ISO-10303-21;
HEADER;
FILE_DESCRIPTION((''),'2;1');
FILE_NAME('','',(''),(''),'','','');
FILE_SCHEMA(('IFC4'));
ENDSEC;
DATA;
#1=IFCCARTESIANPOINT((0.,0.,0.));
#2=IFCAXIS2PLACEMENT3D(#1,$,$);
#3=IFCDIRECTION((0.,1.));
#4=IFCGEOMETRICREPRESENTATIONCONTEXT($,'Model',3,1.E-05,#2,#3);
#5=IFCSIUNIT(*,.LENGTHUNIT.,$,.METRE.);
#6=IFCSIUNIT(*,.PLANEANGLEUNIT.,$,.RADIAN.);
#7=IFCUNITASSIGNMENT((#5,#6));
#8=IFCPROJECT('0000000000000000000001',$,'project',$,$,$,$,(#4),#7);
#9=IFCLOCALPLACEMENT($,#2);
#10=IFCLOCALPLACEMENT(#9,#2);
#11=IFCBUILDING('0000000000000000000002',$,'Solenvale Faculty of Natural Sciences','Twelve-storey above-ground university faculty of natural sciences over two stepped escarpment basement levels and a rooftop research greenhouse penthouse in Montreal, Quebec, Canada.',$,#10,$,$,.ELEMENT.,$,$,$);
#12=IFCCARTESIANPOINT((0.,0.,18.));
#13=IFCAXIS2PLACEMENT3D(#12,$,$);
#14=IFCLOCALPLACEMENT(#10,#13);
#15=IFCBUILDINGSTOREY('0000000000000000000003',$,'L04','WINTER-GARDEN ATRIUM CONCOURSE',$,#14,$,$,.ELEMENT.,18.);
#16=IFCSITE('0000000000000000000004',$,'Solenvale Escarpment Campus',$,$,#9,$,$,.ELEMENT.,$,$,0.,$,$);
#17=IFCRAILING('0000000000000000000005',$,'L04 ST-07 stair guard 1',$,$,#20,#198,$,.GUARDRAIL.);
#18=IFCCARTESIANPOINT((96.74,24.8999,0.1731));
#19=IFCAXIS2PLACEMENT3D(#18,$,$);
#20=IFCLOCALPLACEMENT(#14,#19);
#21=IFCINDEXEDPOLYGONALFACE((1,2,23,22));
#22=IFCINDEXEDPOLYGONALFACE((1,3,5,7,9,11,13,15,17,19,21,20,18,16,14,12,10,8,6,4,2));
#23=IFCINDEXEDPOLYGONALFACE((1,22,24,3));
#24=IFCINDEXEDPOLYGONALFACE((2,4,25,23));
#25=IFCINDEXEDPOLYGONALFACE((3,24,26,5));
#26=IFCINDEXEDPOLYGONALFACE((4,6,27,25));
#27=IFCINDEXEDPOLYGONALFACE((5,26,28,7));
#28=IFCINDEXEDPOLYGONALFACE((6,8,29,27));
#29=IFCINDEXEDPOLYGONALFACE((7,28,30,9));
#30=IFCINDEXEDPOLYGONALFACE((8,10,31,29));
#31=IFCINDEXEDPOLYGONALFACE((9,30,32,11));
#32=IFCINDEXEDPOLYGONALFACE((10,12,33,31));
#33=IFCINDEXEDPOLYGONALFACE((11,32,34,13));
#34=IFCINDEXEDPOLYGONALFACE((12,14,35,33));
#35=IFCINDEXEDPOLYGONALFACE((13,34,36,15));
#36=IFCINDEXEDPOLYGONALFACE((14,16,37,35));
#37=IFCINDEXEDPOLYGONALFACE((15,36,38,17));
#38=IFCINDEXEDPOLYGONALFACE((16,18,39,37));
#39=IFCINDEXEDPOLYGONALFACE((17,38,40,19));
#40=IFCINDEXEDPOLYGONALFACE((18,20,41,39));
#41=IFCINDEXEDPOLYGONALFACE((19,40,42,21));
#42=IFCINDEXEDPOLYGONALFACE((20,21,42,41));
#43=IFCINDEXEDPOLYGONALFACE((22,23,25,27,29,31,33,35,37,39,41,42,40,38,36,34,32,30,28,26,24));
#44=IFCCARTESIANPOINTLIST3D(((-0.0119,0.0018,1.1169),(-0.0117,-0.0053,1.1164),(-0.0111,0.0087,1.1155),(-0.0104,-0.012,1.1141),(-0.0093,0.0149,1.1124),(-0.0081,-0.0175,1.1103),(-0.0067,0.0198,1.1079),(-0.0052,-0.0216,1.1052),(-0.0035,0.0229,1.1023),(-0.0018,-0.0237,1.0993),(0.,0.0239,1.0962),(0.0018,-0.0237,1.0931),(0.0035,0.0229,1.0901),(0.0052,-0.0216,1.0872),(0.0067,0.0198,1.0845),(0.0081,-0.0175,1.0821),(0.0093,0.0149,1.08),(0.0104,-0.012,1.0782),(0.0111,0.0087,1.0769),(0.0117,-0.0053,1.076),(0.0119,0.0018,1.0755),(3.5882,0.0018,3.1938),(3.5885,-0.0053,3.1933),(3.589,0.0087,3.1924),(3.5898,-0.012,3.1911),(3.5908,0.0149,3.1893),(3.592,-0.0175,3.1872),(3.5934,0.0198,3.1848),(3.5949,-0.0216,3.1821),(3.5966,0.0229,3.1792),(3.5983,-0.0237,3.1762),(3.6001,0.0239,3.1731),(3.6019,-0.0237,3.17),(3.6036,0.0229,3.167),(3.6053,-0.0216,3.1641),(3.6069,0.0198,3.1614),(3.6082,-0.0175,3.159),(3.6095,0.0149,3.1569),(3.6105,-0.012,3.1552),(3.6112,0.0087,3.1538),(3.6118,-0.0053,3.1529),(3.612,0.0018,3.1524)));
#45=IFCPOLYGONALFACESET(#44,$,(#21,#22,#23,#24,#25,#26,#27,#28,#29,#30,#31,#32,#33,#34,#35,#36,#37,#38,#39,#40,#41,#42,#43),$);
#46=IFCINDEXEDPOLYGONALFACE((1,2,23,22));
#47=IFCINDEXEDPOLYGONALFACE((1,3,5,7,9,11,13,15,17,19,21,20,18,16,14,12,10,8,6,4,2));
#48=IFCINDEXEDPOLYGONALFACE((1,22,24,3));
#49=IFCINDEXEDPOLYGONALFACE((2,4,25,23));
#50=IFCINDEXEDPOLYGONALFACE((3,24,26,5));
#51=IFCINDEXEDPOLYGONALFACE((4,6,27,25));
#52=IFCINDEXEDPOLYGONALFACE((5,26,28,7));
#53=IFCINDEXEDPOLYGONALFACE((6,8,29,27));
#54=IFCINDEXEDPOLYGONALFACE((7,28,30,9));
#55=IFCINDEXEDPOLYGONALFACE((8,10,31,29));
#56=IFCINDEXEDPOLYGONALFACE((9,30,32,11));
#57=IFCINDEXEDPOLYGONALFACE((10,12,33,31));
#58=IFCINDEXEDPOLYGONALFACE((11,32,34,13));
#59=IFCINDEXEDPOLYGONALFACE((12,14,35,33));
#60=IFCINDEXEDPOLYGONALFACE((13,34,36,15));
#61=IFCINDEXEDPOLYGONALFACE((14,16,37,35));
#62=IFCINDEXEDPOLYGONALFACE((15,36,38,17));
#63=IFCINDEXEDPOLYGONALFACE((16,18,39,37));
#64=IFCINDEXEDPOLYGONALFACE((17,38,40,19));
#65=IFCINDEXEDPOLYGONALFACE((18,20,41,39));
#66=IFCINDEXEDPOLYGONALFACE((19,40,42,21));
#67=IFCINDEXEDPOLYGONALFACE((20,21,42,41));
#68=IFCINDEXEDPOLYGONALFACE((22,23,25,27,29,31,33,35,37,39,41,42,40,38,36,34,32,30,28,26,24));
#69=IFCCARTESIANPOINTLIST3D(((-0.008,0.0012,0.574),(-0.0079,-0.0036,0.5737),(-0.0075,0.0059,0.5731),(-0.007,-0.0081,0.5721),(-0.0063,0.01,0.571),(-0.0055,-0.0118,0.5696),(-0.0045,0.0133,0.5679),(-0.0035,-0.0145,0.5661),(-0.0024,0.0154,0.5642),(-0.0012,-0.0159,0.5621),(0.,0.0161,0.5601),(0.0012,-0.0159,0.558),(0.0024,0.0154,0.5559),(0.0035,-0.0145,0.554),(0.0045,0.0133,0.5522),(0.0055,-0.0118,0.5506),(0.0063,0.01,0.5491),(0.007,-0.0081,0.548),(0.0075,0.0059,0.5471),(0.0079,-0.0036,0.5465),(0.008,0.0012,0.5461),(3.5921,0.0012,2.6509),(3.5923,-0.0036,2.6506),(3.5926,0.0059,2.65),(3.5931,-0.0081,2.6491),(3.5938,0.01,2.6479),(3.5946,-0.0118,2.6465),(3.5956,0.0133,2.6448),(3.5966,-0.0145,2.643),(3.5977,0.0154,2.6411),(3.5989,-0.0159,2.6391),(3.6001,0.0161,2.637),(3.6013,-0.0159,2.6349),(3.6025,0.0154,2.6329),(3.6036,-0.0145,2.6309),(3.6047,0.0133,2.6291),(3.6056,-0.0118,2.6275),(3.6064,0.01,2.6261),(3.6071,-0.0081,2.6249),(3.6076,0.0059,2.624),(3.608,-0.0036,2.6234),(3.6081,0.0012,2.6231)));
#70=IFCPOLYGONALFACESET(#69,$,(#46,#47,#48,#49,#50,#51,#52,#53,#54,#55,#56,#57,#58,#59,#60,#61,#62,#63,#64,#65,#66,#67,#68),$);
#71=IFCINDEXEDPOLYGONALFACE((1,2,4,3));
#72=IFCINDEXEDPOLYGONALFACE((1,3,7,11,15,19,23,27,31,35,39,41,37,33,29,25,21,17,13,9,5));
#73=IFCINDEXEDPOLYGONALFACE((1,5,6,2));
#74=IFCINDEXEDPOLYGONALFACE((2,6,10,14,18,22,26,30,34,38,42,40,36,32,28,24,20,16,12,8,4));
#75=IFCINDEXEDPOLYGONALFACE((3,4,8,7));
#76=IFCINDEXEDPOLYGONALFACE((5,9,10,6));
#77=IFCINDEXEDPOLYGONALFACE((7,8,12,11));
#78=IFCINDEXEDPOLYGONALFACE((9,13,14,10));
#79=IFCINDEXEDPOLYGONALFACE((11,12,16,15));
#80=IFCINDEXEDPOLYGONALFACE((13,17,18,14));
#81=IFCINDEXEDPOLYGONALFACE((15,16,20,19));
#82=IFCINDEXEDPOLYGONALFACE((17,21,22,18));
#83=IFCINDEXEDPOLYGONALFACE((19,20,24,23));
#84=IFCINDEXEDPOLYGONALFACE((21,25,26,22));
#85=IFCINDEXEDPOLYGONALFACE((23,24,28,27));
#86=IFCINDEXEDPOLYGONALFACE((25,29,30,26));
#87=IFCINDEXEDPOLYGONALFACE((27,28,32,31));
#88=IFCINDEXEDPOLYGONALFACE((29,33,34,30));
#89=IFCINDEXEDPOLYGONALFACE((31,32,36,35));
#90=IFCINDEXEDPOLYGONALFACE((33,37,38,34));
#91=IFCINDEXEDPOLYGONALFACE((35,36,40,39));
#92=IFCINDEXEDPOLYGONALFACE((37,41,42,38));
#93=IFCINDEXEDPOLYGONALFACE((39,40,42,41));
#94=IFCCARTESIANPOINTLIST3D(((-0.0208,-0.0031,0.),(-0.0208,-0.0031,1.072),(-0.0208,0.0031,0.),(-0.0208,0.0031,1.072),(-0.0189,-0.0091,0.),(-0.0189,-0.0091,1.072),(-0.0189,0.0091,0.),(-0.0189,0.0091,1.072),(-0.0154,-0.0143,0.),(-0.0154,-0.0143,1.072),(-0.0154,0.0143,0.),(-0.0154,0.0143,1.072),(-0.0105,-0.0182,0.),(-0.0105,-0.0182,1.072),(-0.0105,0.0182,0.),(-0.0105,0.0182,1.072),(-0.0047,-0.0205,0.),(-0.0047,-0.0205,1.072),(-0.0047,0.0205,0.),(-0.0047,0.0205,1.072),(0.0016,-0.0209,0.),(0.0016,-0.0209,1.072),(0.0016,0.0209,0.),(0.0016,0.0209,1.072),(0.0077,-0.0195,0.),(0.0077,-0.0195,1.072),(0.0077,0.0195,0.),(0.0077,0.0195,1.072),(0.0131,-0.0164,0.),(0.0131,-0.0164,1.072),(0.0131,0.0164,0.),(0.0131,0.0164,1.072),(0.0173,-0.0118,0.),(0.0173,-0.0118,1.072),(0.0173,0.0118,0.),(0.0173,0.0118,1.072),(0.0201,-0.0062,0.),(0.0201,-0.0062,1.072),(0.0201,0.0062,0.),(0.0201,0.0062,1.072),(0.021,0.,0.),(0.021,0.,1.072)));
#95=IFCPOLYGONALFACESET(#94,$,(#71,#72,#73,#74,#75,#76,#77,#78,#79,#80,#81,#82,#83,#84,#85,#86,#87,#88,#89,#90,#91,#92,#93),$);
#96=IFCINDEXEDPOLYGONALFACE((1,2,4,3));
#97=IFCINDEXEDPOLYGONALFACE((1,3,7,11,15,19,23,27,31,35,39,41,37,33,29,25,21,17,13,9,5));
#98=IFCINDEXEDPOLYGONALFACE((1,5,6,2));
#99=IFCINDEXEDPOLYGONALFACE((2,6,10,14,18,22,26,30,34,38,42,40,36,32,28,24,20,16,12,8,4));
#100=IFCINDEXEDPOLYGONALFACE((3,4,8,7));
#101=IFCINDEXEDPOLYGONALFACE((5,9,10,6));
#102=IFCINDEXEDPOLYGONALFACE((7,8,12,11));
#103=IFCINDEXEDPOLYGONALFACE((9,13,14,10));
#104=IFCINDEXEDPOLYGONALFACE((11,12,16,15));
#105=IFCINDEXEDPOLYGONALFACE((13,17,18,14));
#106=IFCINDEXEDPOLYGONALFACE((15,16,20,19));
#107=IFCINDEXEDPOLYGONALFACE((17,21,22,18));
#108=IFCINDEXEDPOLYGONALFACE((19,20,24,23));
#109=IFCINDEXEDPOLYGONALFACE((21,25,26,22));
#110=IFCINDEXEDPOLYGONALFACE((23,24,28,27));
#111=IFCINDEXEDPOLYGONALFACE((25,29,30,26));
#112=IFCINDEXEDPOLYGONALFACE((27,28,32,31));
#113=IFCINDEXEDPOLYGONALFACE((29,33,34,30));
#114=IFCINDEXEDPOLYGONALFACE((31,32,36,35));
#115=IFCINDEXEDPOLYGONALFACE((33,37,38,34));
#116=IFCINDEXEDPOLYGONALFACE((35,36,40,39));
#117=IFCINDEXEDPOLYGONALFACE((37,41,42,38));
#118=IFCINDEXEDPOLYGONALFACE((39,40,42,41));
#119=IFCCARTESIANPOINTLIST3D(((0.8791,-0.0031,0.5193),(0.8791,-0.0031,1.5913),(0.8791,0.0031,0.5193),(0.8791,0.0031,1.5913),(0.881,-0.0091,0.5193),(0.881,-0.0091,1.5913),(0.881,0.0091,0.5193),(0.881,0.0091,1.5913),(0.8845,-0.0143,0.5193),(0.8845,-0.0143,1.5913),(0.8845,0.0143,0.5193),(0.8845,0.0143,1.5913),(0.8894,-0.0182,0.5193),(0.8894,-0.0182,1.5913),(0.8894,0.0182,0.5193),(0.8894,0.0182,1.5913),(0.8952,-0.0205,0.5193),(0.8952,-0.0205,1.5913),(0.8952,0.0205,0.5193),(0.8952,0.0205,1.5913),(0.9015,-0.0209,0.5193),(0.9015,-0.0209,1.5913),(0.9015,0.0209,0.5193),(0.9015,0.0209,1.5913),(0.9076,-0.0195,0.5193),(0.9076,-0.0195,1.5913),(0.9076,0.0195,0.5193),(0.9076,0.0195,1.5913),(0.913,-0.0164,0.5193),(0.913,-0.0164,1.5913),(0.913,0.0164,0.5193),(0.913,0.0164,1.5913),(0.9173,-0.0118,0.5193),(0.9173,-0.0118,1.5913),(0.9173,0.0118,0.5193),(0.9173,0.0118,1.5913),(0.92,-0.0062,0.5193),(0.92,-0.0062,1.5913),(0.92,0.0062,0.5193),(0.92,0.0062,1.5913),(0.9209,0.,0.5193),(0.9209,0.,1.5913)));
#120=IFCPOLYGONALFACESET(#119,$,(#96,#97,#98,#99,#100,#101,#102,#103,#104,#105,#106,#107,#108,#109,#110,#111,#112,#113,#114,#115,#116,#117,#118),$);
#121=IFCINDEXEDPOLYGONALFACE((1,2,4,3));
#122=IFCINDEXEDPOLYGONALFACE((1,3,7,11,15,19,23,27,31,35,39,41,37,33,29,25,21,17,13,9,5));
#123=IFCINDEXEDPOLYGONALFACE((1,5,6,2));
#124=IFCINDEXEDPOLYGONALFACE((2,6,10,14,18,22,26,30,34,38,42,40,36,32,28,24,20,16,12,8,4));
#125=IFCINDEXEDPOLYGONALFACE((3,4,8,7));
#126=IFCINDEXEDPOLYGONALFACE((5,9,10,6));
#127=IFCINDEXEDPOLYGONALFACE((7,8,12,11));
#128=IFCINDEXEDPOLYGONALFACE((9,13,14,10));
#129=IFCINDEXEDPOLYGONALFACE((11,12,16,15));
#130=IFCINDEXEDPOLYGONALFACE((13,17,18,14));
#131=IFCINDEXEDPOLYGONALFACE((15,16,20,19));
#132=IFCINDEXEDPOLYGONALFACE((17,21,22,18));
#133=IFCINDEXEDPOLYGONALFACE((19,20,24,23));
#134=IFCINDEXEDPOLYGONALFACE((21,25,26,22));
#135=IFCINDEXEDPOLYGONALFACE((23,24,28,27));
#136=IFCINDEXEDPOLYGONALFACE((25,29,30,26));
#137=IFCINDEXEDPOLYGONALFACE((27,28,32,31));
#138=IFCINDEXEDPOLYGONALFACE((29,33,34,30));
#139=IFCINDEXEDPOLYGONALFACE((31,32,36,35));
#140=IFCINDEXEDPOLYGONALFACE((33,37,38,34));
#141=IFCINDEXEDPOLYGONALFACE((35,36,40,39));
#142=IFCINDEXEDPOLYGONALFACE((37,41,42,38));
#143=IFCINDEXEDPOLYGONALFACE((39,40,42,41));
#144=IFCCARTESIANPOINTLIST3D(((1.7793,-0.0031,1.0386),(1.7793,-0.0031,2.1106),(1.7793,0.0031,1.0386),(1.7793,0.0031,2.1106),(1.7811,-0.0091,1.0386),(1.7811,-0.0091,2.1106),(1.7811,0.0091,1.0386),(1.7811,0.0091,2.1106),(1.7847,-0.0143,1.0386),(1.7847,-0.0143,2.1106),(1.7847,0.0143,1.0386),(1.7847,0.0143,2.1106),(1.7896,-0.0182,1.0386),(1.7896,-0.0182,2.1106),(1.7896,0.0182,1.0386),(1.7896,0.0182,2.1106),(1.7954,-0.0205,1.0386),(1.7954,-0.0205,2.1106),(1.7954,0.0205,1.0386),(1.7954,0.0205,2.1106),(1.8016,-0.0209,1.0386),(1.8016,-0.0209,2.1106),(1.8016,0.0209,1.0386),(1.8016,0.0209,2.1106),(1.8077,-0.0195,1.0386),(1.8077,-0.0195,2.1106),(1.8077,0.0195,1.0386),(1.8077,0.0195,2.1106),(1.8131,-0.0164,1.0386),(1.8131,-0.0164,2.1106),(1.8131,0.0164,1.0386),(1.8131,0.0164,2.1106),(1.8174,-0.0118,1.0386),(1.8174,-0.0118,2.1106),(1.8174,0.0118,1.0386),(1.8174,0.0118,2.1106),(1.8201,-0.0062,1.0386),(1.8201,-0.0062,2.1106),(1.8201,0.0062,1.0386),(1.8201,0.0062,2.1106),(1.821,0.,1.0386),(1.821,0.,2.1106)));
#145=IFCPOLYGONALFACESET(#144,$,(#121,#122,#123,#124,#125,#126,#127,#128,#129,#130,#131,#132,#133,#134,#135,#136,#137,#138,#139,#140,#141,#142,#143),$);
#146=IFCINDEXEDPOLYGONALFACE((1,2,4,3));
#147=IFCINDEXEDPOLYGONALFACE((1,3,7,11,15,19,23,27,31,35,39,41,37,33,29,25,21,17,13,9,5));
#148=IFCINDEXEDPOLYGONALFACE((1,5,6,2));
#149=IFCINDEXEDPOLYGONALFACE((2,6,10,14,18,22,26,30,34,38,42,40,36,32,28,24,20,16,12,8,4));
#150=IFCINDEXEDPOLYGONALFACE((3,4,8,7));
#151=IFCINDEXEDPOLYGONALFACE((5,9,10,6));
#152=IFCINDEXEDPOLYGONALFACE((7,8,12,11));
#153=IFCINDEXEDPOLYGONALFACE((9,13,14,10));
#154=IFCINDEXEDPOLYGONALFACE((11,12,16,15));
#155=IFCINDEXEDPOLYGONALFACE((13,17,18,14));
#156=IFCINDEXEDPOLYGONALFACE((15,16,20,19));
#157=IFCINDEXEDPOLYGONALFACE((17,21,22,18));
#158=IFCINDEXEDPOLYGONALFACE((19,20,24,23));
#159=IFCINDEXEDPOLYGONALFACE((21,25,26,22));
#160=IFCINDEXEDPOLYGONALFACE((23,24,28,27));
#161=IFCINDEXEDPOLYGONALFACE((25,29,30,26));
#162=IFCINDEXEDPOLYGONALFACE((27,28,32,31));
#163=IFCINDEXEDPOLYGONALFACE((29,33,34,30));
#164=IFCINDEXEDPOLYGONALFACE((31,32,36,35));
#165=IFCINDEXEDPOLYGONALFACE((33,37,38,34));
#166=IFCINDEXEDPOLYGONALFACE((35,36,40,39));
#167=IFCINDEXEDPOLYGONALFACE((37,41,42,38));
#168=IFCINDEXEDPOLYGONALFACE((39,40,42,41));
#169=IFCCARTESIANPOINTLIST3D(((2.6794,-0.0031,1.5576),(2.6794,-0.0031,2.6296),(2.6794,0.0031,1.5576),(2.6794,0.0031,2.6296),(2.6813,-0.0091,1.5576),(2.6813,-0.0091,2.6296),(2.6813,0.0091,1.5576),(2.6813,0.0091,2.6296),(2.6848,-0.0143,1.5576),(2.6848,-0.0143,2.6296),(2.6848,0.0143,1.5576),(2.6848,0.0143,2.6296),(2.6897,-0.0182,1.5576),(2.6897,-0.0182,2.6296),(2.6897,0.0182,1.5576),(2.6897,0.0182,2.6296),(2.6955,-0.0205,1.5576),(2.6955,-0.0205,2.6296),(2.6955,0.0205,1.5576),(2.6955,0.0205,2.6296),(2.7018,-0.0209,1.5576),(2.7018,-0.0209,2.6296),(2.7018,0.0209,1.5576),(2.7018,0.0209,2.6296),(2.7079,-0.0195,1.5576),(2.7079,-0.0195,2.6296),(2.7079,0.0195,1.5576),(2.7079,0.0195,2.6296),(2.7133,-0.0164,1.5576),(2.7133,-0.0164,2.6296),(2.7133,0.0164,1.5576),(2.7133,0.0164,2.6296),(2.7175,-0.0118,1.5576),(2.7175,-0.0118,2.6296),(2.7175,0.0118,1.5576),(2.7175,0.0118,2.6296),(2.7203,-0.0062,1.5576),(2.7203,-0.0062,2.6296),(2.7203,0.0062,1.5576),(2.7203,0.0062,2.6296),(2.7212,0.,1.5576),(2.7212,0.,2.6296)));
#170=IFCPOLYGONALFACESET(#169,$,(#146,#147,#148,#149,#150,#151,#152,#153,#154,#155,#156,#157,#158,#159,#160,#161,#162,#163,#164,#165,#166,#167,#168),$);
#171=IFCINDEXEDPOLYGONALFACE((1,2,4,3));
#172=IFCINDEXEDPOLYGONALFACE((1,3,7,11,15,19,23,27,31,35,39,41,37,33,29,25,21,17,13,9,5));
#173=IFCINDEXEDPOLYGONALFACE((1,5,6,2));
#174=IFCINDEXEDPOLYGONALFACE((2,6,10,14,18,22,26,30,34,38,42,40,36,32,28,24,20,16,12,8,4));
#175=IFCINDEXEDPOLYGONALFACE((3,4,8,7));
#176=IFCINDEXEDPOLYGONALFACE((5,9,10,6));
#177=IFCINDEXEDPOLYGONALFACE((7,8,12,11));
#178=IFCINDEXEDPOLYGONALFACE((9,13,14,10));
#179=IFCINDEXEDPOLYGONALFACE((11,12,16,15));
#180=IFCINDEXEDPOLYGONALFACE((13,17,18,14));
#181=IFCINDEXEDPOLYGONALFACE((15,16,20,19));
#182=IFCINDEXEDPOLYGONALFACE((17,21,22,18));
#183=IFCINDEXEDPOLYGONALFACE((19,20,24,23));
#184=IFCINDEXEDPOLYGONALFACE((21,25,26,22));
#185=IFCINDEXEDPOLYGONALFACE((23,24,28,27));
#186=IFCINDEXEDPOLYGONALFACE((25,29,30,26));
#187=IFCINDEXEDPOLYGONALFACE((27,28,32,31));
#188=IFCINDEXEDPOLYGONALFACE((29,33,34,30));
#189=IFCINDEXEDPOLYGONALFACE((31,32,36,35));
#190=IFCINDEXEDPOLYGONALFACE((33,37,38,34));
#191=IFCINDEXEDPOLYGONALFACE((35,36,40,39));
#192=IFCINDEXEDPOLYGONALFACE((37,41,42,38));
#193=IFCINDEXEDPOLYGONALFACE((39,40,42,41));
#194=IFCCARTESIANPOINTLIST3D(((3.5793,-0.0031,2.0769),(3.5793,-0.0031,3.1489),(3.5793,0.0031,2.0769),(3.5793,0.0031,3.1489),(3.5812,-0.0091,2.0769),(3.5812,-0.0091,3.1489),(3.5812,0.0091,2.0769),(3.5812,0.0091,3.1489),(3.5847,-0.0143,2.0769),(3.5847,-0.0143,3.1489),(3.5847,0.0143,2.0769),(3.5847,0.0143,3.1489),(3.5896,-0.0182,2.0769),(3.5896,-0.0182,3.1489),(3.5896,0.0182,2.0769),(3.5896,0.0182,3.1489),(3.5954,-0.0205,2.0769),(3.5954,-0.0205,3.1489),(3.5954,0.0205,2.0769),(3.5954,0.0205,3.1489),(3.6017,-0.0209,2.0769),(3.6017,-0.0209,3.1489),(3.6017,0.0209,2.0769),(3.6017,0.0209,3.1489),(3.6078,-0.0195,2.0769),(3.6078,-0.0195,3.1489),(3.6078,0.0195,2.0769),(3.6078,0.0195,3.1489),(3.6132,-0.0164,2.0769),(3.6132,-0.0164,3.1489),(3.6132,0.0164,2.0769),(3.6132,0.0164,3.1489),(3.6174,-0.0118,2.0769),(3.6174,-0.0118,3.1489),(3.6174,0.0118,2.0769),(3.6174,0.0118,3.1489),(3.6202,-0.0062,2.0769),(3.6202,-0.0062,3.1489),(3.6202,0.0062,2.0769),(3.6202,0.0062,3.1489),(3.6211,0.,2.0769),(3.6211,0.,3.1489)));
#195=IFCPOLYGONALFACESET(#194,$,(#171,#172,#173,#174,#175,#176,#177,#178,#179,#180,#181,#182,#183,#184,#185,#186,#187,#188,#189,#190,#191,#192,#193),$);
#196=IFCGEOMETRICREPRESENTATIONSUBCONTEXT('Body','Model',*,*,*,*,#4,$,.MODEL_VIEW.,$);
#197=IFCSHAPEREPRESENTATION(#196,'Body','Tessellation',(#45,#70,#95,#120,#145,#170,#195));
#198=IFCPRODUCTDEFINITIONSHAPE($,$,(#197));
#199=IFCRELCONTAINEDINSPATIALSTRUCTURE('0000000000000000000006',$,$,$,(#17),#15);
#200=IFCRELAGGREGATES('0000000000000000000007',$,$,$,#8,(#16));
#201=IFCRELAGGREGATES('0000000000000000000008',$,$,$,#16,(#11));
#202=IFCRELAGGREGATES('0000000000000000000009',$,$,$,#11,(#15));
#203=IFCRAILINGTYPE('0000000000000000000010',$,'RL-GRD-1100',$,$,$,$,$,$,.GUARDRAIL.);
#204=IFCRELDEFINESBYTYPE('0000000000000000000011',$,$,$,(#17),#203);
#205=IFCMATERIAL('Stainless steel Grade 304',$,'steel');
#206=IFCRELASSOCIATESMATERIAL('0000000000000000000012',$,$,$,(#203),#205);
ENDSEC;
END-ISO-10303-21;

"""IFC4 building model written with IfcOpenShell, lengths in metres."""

from ifc_helpers import new_model, si_unit, direction, frame, origin, origin_2d, place, context, subcontext, project, spatial, circle, extrude, material, type_object, element, save


model = new_model("IFC4")

# Units and contexts
model_context = context("Model", 3, precision=1e-05, world=origin(), true_north=direction((0.0, 1.0)))
body_context = subcontext(model_context, "Body", "Model", "MODEL_VIEW")
ifc_project = project(units=[si_unit("LENGTHUNIT", "METRE"), si_unit("PLANEANGLEUNIT", "RADIAN")], contexts=[model_context])

# Site, building, storey
site_placement = place(None, origin())
site = spatial("IfcSite", under=ifc_project, at=site_placement, Name="Solenvale Escarpment Campus", CompositionType="ELEMENT", RefElevation=0.0)
building_placement = place(site_placement, origin())
building = spatial("IfcBuilding", under=site, at=building_placement, Name="Solenvale Faculty of Natural Sciences", Description="Twelve-storey above-ground university faculty of natural sciences over two stepped escarpment basement levels and a rooftop research greenhouse penthouse in Montreal, Quebec, Canada.", CompositionType="ELEMENT")
storey_placement = place(building_placement, frame((0.0, 0.0, 18.0)))
storey = spatial("IfcBuildingStorey", under=building, at=storey_placement, Name="L04", Description="WINTER-GARDEN ATRIUM CONCOURSE", CompositionType="ELEMENT", Elevation=18.0)

# Railing
ifc_material_1 = material(Name="Stainless steel Grade 304", Category="steel")
railing_type_1 = type_object("IfcRailingType", Name="RL-GRD-1100", PredefinedType="GUARDRAIL", material=ifc_material_1)
railing_1_placement = place(storey_placement, frame((96.74, 24.8999, 0.1731)))
element("IfcRailing", 1, at=railing_1_placement, inside=storey, type_object=railing_type_1, Name="L04 ST-07 stair guard 1", PredefinedType="GUARDRAIL", context=body_context, shape_type="SweptSolid", body=[
    extrude(circle(Radius=0.0239, at=origin_2d()), frame((0.0, 0.0, 1.0962), z_axis=(0.866193, 0.0, 0.499709), x_axis=(0.0, 1.0, 0.0)), (0.0, 0.0, 1.0), 4.1562),
    extrude(circle(Radius=0.0161, at=origin_2d()), frame((0.0, 0.0, 0.5601), z_axis=(0.866193, 0.0, 0.499709), x_axis=(0.0, 1.0, 0.0)), (0.0, 0.0, 1.0), 4.1562),
    extrude(circle(Radius=0.021, at=origin_2d()), origin(), (0.0, 0.0, 1.0), 1.072),
    extrude(circle(Radius=0.021, at=origin_2d()), frame((0.8999, 0.0, 0.5193)), (0.0, 0.0, 1.0), 1.072),
    extrude(circle(Radius=0.021, at=origin_2d()), frame((1.8, 0.0, 1.0386)), (0.0, 0.0, 1.0), 1.072),
    extrude(circle(Radius=0.021, at=origin_2d()), frame((2.7002, 0.0, 1.5576)), (0.0, 0.0, 1.0), 1.072),
    extrude(circle(Radius=0.021, at=origin_2d()), frame((3.6001, 0.0, 2.0769)), (0.0, 0.0, 1.0), 1.072),
])

save(model, "model.ifc")
